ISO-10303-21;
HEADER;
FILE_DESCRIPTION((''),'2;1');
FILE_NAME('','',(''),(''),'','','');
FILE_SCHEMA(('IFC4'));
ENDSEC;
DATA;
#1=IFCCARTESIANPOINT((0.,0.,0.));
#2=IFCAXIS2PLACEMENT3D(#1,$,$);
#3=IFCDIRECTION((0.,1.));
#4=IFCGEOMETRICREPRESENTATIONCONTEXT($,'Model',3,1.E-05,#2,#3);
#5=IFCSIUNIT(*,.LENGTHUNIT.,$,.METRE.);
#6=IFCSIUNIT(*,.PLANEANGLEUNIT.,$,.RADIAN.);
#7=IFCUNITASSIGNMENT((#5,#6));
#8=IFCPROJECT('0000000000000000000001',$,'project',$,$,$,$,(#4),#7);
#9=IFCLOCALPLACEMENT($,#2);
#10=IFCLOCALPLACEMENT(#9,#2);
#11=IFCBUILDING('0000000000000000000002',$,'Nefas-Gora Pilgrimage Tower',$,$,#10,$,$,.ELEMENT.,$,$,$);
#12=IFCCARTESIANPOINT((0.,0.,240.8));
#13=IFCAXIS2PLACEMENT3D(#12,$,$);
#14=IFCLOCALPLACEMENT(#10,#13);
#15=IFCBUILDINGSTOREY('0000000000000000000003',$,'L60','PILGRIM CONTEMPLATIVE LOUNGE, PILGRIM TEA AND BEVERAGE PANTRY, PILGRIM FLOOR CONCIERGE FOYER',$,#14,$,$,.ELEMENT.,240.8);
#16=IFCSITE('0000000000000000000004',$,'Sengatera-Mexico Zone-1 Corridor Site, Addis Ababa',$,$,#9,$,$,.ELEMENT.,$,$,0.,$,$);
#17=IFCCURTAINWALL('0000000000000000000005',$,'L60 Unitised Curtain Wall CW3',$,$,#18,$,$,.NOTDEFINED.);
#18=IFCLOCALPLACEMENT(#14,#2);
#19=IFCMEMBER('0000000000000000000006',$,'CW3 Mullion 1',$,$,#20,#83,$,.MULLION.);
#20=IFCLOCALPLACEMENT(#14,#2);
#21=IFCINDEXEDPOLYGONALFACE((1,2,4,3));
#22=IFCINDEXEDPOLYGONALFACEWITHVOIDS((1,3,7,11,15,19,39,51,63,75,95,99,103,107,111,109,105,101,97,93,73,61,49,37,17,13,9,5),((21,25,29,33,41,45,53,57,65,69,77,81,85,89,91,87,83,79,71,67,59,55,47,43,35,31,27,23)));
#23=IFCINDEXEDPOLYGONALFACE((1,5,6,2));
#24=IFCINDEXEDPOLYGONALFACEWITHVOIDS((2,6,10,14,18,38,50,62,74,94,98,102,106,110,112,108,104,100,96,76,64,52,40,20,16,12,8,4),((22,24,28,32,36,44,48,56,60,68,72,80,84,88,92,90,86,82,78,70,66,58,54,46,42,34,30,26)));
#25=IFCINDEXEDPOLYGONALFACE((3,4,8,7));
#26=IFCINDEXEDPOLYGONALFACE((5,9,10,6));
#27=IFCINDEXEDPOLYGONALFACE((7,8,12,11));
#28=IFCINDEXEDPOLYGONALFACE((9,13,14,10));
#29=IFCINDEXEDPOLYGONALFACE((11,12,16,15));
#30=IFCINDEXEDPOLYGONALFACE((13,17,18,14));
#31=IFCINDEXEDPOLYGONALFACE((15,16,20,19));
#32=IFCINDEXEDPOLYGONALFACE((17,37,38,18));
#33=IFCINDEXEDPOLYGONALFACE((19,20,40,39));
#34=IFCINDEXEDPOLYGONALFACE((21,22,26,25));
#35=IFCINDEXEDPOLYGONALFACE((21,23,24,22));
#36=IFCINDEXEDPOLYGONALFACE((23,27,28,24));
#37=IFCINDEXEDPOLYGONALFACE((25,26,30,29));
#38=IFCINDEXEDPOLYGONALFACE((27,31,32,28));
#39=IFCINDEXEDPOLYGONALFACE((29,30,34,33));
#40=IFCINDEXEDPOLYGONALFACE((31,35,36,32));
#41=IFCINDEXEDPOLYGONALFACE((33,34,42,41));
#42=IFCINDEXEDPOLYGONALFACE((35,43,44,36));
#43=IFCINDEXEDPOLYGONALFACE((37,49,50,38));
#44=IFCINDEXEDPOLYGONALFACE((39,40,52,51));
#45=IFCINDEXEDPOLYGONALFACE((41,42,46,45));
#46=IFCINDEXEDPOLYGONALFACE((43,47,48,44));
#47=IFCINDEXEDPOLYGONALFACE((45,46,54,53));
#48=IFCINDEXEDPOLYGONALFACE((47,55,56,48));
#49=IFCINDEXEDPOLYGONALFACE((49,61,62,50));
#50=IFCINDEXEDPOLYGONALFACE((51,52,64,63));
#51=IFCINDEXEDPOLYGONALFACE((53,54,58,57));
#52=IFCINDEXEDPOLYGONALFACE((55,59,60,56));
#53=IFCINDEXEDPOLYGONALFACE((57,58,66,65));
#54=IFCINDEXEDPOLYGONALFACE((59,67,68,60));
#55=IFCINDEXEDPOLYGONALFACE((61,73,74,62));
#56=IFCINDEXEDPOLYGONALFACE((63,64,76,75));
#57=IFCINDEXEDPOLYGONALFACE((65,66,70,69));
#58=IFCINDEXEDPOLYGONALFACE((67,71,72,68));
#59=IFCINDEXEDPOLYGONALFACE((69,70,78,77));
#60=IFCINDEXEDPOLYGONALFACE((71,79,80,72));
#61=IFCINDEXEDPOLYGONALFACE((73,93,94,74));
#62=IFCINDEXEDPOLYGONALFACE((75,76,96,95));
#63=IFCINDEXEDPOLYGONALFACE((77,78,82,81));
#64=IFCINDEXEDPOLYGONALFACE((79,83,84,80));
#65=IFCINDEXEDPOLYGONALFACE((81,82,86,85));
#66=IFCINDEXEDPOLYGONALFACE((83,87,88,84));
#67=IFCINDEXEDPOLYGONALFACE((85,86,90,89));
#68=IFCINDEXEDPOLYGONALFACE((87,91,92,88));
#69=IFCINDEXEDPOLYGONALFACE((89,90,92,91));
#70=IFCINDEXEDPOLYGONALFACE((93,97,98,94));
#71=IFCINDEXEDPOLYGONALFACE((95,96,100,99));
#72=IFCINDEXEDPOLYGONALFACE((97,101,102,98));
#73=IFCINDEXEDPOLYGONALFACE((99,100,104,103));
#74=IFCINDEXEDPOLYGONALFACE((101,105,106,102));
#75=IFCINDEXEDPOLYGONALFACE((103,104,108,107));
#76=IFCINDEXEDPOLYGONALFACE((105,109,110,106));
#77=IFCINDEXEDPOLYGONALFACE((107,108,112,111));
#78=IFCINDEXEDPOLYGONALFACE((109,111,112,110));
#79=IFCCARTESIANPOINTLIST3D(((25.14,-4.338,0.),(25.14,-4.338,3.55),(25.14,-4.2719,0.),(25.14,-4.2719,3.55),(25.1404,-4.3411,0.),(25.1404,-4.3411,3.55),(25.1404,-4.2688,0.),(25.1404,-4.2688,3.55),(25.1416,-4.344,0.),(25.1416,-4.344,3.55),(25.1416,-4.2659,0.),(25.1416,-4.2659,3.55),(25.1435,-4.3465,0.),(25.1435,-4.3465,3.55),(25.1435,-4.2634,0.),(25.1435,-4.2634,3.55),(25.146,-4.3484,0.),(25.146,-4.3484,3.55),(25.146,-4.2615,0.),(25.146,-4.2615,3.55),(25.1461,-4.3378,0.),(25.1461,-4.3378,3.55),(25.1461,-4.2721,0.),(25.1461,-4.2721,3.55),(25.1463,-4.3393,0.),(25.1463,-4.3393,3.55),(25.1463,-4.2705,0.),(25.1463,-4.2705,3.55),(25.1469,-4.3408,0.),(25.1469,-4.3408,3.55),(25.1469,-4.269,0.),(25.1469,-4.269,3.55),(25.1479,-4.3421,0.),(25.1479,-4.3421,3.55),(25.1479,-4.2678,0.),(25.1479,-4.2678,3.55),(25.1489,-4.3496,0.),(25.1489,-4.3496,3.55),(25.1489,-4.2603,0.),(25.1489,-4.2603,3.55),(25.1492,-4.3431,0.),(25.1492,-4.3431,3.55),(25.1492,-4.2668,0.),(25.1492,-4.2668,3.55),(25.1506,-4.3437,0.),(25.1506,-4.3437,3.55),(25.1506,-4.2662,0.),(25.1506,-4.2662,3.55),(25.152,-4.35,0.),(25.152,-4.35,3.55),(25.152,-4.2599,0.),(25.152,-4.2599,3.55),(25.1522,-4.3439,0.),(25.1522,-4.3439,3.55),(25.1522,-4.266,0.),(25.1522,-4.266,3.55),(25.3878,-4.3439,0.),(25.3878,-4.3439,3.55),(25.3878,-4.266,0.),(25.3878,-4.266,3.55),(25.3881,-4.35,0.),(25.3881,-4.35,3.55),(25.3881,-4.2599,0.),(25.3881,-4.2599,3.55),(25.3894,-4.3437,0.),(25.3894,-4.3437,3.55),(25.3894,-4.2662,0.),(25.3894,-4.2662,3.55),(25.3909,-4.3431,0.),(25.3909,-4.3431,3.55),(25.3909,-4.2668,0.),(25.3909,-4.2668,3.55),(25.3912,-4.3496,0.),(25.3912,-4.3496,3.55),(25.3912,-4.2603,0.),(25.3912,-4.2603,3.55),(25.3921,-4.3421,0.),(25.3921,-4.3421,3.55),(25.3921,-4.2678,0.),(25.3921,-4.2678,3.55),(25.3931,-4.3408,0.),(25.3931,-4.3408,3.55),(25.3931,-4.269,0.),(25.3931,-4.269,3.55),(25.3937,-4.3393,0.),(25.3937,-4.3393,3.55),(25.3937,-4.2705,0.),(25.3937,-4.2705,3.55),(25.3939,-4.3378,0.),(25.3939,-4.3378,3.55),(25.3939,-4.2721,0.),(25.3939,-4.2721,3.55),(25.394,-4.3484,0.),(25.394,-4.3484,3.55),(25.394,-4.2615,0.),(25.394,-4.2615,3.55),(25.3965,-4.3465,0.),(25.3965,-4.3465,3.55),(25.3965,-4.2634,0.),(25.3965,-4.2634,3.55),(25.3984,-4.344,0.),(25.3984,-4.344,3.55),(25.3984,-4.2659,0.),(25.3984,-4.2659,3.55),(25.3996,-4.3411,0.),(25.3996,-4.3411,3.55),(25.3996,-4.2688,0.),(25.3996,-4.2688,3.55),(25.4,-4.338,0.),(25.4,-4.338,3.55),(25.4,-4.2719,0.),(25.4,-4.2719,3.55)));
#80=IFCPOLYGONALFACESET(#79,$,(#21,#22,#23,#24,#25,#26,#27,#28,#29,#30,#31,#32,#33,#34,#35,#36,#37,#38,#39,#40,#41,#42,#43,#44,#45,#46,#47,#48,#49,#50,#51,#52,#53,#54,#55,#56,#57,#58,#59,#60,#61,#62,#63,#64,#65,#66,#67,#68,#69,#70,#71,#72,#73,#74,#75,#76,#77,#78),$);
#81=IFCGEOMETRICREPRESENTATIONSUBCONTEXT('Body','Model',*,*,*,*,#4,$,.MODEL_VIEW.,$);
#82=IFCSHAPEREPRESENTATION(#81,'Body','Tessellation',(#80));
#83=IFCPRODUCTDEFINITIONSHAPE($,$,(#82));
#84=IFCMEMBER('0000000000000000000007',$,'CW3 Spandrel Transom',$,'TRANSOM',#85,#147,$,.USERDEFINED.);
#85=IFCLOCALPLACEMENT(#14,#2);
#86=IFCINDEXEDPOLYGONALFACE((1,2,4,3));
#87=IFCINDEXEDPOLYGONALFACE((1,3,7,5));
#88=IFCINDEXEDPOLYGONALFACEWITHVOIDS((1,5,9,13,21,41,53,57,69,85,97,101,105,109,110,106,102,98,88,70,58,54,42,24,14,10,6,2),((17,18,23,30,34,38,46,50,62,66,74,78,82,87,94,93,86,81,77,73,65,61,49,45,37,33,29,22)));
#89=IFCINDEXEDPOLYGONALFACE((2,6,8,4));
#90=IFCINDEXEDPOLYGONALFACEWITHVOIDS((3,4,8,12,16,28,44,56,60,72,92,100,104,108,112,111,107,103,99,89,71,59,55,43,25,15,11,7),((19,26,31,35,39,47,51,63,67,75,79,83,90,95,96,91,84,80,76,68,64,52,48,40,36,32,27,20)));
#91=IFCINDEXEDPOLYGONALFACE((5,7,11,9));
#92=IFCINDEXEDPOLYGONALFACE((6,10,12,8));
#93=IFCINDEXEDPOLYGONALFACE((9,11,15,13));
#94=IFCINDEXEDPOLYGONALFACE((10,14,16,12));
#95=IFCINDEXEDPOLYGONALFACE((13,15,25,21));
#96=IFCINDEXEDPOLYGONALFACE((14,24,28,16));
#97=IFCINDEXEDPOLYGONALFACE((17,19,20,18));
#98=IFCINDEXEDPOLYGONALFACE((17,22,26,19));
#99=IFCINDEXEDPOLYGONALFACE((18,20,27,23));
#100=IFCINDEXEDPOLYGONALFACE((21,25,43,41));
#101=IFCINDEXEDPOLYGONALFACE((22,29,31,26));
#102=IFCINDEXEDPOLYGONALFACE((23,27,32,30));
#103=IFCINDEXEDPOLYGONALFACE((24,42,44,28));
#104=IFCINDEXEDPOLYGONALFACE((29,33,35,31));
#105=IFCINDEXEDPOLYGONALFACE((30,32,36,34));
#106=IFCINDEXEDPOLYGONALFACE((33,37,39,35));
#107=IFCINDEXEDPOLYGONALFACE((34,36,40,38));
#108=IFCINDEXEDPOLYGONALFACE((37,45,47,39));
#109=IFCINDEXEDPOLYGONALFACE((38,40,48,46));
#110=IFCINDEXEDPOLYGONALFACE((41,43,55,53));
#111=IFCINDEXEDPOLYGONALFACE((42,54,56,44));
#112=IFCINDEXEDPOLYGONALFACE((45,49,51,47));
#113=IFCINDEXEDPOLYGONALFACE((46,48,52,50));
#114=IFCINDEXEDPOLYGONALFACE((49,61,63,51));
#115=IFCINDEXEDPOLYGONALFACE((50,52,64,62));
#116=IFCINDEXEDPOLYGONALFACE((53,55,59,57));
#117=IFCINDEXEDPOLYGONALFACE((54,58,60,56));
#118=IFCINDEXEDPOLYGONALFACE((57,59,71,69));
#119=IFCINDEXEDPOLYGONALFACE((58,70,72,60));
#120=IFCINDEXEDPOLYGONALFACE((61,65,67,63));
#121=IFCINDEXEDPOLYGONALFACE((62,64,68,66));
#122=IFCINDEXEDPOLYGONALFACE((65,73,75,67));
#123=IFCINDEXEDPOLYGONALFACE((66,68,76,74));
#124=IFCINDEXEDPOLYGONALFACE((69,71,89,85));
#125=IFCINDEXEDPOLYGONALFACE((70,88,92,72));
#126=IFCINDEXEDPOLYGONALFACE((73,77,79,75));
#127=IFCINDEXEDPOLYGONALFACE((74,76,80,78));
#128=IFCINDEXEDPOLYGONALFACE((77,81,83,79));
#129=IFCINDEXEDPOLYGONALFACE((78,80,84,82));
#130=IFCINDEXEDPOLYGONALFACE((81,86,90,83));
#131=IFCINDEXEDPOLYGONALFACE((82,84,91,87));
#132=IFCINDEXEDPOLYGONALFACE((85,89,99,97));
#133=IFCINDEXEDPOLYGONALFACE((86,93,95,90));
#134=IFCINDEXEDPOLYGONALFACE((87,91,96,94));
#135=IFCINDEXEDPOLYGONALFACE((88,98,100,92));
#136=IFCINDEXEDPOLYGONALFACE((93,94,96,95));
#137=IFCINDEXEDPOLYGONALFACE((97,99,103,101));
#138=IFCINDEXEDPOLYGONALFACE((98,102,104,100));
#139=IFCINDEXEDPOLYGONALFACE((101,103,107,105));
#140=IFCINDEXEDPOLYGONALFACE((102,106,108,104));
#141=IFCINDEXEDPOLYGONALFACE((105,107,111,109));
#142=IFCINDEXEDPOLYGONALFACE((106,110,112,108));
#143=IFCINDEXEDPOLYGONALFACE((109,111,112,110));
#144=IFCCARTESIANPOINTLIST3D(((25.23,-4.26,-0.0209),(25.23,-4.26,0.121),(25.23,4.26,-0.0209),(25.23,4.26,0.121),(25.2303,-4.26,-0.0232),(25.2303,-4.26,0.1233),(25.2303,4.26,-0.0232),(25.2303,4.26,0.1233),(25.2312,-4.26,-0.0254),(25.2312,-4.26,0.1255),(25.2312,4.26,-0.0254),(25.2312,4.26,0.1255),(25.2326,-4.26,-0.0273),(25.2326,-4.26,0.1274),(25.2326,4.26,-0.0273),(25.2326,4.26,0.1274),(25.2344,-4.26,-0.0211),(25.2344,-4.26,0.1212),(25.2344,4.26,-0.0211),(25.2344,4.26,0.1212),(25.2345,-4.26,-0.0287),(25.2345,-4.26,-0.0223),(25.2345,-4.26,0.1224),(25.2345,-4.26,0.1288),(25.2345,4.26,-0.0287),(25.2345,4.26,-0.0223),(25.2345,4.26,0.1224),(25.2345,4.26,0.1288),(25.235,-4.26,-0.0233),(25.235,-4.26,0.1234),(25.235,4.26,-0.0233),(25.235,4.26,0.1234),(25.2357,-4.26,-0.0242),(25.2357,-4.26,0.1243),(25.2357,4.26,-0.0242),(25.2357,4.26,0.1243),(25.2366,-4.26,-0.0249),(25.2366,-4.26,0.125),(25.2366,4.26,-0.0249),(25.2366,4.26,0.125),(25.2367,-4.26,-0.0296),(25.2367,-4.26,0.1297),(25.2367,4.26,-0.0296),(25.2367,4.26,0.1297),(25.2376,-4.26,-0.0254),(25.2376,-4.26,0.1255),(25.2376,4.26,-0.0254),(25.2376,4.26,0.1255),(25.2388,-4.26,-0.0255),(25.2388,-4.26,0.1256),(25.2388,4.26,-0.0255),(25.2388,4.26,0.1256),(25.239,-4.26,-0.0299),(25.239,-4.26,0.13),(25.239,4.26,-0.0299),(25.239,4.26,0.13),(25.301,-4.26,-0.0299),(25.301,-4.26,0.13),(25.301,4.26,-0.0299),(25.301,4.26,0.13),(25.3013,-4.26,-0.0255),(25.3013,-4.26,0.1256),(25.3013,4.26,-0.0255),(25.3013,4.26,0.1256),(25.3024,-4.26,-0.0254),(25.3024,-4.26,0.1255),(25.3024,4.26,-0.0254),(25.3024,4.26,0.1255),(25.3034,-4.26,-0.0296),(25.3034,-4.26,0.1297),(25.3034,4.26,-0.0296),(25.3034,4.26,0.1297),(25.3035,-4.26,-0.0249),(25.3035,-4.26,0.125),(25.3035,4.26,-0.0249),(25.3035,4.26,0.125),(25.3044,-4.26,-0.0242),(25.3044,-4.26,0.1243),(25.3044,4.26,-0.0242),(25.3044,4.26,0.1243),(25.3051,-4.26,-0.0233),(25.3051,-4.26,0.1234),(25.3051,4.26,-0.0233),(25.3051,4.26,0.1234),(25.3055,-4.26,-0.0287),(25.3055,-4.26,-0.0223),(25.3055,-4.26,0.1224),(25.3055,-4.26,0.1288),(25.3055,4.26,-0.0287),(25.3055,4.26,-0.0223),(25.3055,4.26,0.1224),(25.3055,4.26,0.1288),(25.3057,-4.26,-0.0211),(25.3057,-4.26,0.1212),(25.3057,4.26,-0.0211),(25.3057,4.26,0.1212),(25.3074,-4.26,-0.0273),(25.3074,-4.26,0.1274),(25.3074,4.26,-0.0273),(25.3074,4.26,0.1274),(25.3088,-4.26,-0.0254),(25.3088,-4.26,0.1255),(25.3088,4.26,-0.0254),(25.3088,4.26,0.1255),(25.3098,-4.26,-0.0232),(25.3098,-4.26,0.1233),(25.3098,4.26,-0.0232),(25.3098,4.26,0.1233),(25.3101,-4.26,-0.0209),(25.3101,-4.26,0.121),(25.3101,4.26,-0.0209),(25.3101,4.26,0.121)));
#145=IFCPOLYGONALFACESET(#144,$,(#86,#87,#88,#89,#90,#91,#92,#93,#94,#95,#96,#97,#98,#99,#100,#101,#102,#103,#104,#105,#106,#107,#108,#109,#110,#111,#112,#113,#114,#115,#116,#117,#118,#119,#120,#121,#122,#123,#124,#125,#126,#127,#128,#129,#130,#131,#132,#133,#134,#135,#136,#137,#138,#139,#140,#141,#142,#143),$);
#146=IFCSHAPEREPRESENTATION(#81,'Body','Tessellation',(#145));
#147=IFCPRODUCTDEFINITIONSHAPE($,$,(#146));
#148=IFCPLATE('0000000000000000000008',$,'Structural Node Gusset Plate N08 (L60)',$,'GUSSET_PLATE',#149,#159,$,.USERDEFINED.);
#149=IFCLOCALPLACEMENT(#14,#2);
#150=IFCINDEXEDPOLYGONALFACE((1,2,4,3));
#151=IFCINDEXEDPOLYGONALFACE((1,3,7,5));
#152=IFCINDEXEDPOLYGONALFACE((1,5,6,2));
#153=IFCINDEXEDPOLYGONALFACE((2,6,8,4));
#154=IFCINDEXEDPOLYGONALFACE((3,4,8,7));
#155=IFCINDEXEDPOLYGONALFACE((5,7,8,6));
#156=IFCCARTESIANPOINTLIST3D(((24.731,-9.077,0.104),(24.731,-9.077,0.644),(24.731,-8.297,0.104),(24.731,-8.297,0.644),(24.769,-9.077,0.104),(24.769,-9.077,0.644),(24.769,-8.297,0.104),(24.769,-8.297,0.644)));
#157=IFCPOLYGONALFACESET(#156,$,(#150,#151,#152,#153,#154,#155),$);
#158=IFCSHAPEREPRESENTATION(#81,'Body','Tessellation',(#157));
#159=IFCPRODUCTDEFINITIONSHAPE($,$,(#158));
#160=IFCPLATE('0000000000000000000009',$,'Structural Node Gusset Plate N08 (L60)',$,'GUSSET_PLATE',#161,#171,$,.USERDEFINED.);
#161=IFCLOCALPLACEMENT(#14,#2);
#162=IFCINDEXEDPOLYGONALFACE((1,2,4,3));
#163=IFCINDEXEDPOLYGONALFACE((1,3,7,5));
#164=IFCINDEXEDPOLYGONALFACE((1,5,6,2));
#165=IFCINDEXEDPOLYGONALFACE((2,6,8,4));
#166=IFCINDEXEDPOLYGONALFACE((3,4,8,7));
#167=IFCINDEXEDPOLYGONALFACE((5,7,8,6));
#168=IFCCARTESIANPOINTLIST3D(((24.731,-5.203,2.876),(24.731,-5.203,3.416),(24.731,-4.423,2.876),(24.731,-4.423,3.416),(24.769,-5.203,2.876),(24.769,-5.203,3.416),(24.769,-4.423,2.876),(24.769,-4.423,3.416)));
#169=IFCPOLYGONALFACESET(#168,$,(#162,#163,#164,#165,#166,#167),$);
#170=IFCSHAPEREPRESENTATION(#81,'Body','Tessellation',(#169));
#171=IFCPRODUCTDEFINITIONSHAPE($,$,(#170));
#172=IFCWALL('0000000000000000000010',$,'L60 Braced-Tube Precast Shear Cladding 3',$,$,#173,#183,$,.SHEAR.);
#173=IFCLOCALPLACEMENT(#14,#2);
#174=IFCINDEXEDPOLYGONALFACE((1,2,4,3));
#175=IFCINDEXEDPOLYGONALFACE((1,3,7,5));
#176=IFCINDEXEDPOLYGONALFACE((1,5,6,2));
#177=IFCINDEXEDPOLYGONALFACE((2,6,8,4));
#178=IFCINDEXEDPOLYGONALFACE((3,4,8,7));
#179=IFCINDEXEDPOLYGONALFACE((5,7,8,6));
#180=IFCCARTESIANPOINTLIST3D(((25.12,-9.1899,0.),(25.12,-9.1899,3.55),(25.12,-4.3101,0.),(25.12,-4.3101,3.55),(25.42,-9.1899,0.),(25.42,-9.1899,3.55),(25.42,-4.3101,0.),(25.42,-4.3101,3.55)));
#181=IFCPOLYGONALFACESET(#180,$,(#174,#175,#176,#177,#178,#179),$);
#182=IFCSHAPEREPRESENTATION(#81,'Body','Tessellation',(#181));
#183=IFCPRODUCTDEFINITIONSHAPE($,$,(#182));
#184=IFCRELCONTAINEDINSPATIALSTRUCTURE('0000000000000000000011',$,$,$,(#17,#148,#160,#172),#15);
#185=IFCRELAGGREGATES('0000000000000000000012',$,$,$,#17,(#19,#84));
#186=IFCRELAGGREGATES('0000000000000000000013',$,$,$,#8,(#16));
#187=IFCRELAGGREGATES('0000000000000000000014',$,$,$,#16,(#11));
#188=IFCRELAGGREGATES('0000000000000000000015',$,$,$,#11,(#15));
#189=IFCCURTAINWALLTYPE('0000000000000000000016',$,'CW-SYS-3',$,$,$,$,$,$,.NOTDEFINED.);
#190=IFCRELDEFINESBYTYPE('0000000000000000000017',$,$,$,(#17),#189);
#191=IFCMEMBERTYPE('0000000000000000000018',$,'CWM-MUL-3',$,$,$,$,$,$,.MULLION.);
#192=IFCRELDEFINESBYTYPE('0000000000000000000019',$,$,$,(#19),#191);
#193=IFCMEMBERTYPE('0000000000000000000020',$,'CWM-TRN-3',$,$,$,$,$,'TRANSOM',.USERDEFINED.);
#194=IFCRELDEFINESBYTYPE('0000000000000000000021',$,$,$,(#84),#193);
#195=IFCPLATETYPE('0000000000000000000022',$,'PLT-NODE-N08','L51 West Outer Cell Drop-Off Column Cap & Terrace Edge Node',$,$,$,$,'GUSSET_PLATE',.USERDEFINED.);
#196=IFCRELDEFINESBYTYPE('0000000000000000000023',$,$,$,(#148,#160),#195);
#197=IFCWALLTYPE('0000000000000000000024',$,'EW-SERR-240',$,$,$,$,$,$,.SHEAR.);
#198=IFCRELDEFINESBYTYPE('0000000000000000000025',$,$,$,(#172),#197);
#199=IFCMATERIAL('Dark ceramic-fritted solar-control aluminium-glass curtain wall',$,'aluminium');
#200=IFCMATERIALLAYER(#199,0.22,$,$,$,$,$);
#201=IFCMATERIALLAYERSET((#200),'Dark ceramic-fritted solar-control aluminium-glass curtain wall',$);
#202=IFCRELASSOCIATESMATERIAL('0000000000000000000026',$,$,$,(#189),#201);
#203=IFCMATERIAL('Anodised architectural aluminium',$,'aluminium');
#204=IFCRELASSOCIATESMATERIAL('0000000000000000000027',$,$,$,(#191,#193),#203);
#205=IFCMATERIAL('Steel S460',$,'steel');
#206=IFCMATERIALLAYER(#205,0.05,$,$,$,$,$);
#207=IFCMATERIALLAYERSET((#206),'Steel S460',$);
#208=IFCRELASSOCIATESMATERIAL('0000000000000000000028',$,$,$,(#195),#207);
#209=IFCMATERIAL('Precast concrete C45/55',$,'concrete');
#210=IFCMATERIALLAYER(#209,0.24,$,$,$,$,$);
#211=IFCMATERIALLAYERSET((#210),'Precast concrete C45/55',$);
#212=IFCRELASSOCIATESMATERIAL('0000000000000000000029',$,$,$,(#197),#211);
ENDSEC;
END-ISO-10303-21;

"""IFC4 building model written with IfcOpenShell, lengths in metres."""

from ifc_helpers import new_model, si_unit, direction, frame, frame_2d, origin, origin_2d, place, context, subcontext, project, spatial, rectangle, hollow_rectangle, extrude, source, transform, mapped, material, layer, layer_set, material_profile, profile_set, type_object, element, aggregate, save


model = new_model("IFC4")

# Units and contexts
model_context = context("Model", 3, precision=1e-05, world=origin(), true_north=direction((0.0, 1.0)))
body_context = subcontext(model_context, "Body", "Model", "MODEL_VIEW")
ifc_project = project(units=[si_unit("LENGTHUNIT", "METRE"), si_unit("PLANEANGLEUNIT", "RADIAN")], contexts=[model_context])

# Site, building, storey
site_placement = place(None, origin())
site = spatial("IfcSite", under=ifc_project, at=site_placement, Name="Sengatera-Mexico Zone-1 Corridor Site, Addis Ababa", CompositionType="ELEMENT", RefElevation=0.0)
building_placement = place(site_placement, origin())
building = spatial("IfcBuilding", under=site, at=building_placement, Name="Nefas-Gora Pilgrimage Tower", CompositionType="ELEMENT")
storey_placement = place(building_placement, frame((0.0, 0.0, 240.8)))
storey = spatial("IfcBuildingStorey", under=building, at=storey_placement, Name="L60", Description="PILGRIM CONTEMPLATIVE LOUNGE, PILGRIM TEA AND BEVERAGE PANTRY, PILGRIM FLOOR CONCIERGE FOYER", CompositionType="ELEMENT", Elevation=240.8)

# Shared definitions
ifc_material_1 = material(Name="Steel S460", Category="steel")

# Shared definitions
ifc_material_2 = material(Name="Dark ceramic-fritted solar-control aluminium-glass curtain wall", Category="aluminium")
ifc_layer_1 = layer(ifc_material_2, 0.22)
ifc_layer_set_1 = layer_set([ifc_layer_1], Name="Dark ceramic-fritted solar-control aluminium-glass curtain wall")
curtain_wall_type = type_object("IfcCurtainWallType", Name="CW-SYS-3", PredefinedType="NOTDEFINED", material=ifc_layer_set_1)
ifc_material_3 = material(Name="Anodised architectural aluminium", Category="aluminium")
ifc_material_profile_1 = material_profile(ifc_material_3, hollow_rectangle(XDim=0.0901, YDim=0.26, WallThickness=0.0061, InnerFilletRadius=0.0061, OuterFilletRadius=0.012, at=origin_2d()), Name="ALU MULLION 90x260")
ifc_profile_set_1 = profile_set([ifc_material_profile_1], Name="Anodised architectural aluminium")
member_type_1 = type_object("IfcMemberType", Name="CWM-MUL-3", PredefinedType="MULLION", material=ifc_profile_set_1)
shared_shape_1 = source(origin(), body_context, "Body", "SweptSolid", [
    extrude(hollow_rectangle(XDim=0.0901, YDim=0.26, WallThickness=0.0061, InnerFilletRadius=0.0061, OuterFilletRadius=0.012, at=origin_2d()), origin(), (0.0, 0.0, 1.0), 3.55),
])

# Curtain wall, members
curtain_wall_1_placement = place(storey_placement, origin())
curtain_wall_1 = element("IfcCurtainWall", 1, at=curtain_wall_1_placement, inside=storey, type_object=curtain_wall_type, Name="L60 Unitised Curtain Wall CW3", PredefinedType="NOTDEFINED")
member_1_placement = place(storey_placement, frame((25.27, -4.3049, 0.0), z_axis=(0.0, 0.0, 1.0), x_axis=(0.0, 1.0, 0.0)))
member_1 = element("IfcMember", 2, at=member_1_placement, type_object=member_type_1, Name="CW3 Mullion 1", PredefinedType="MULLION", context=body_context, shape_type="MappedRepresentation", body=[
    mapped(shared_shape_1, transform((0.0, 0.0, 0.0), x_axis=(1.0, 0.0, 0.0), y_axis=(0.0, 1.0, 0.0), z_axis=(0.0, 0.0, 1.0), scale=1.0)),
])
ifc_material_profile_2 = material_profile(ifc_material_3, hollow_rectangle(XDim=0.0801, YDim=0.1599, WallThickness=0.0044, InnerFilletRadius=0.0044, OuterFilletRadius=0.009, at=origin_2d()), Name="ALU TRANSOM 80x160")
ifc_profile_set_2 = profile_set([ifc_material_profile_2], Name="Anodised architectural aluminium")
member_type_2 = type_object("IfcMemberType", Name="CWM-TRN-3", ElementType="TRANSOM", PredefinedType="USERDEFINED", material=ifc_profile_set_2)
shared_shape_2 = source(origin(), body_context, "Body", "SweptSolid", [
    extrude(hollow_rectangle(XDim=0.0801, YDim=0.1599, WallThickness=0.0044, InnerFilletRadius=0.0044, OuterFilletRadius=0.009, at=origin_2d()), origin(), (0.0, 0.0, 1.0), 8.52),
])
member_2_placement = place(storey_placement, frame((25.27, -4.26, 0.05), z_axis=(0.0, 1.0, 0.0), x_axis=(-1.0, 0.0, 0.0)))
member_2 = element("IfcMember", 3, at=member_2_placement, type_object=member_type_2, Name="CW3 Spandrel Transom", ObjectType="TRANSOM", PredefinedType="USERDEFINED", context=body_context, shape_type="MappedRepresentation", body=[
    mapped(shared_shape_2, transform((0.0, 0.0, 0.0), x_axis=(1.0, 0.0, 0.0), y_axis=(0.0, 1.0, 0.0), z_axis=(0.0, 0.0, 1.0), scale=1.0)),
])
aggregate(curtain_wall_1, [member_1, member_2])

# Plates
ifc_layer_2 = layer(ifc_material_1, 0.05)
ifc_layer_set_2 = layer_set([ifc_layer_2], Name="Steel S460")
plate_type = type_object("IfcPlateType", Name="PLT-NODE-N08", Description="L51 West Outer Cell Drop-Off Column Cap & Terrace Edge Node", ElementType="GUSSET_PLATE", PredefinedType="USERDEFINED", material=ifc_layer_set_2)
shared_shape_3 = source(origin(), body_context, "Body", "SweptSolid", [
    extrude(rectangle(XDim=0.78, YDim=0.0381, at=origin_2d()), origin(), (0.0, 0.0, 1.0), 0.54),
])
for number, where, z_axis, x_axis, name in (
    (4, (24.75, -8.687, 0.104), (0.0, 0.0, 1.0), (0.0, 1.0, 0.0), "Structural Node Gusset Plate N08 (L60)"),
    (5, (24.75, -4.813, 2.876), (0.0, 0.0, 1.0), (0.0, 1.0, 0.0), "Structural Node Gusset Plate N08 (L60)"),
):
    element("IfcPlate", number, at=place(storey_placement, frame(where, z_axis=z_axis, x_axis=x_axis)), inside=storey, type_object=plate_type, Name=name, ObjectType="GUSSET_PLATE", PredefinedType="USERDEFINED", context=body_context, shape_type="MappedRepresentation", body=[
        mapped(shared_shape_3, transform((0.0, 0.0, 0.0), x_axis=(1.0, 0.0, 0.0), y_axis=(0.0, 1.0, 0.0), z_axis=(0.0, 0.0, 1.0), scale=1.0)),
    ])

# Wall
ifc_material_4 = material(Name="Precast concrete C45/55", Category="concrete")
ifc_layer_3 = layer(ifc_material_4, 0.24)
ifc_layer_set_3 = layer_set([ifc_layer_3], Name="Precast concrete C45/55")
wall_type_1 = type_object("IfcWallType", Name="EW-SERR-240", PredefinedType="SHEAR", material=ifc_layer_set_3)
shared_shape_4 = source(origin(), body_context, "Body", "SweptSolid", [
    extrude(rectangle(XDim=4.8799, YDim=0.3, at=frame_2d((2.4399, 0.0))), origin(), (0.0, 0.0, 1.0), 3.55),
])
wall_1_placement = place(storey_placement, frame((25.27, -9.1899, 0.0), z_axis=(0.0, 0.0, 1.0), x_axis=(0.0, 1.0, 0.0)))
element("IfcWall", 6, at=wall_1_placement, inside=storey, type_object=wall_type_1, Name="L60 Braced-Tube Precast Shear Cladding 3", PredefinedType="SHEAR", context=body_context, shape_type="MappedRepresentation", body=[
    mapped(shared_shape_4, transform((0.0, 0.0, 0.0), x_axis=(1.0, 0.0, 0.0), y_axis=(0.0, 1.0, 0.0), z_axis=(0.0, 0.0, 1.0), scale=1.0)),
])

save(model, "model.ifc")
